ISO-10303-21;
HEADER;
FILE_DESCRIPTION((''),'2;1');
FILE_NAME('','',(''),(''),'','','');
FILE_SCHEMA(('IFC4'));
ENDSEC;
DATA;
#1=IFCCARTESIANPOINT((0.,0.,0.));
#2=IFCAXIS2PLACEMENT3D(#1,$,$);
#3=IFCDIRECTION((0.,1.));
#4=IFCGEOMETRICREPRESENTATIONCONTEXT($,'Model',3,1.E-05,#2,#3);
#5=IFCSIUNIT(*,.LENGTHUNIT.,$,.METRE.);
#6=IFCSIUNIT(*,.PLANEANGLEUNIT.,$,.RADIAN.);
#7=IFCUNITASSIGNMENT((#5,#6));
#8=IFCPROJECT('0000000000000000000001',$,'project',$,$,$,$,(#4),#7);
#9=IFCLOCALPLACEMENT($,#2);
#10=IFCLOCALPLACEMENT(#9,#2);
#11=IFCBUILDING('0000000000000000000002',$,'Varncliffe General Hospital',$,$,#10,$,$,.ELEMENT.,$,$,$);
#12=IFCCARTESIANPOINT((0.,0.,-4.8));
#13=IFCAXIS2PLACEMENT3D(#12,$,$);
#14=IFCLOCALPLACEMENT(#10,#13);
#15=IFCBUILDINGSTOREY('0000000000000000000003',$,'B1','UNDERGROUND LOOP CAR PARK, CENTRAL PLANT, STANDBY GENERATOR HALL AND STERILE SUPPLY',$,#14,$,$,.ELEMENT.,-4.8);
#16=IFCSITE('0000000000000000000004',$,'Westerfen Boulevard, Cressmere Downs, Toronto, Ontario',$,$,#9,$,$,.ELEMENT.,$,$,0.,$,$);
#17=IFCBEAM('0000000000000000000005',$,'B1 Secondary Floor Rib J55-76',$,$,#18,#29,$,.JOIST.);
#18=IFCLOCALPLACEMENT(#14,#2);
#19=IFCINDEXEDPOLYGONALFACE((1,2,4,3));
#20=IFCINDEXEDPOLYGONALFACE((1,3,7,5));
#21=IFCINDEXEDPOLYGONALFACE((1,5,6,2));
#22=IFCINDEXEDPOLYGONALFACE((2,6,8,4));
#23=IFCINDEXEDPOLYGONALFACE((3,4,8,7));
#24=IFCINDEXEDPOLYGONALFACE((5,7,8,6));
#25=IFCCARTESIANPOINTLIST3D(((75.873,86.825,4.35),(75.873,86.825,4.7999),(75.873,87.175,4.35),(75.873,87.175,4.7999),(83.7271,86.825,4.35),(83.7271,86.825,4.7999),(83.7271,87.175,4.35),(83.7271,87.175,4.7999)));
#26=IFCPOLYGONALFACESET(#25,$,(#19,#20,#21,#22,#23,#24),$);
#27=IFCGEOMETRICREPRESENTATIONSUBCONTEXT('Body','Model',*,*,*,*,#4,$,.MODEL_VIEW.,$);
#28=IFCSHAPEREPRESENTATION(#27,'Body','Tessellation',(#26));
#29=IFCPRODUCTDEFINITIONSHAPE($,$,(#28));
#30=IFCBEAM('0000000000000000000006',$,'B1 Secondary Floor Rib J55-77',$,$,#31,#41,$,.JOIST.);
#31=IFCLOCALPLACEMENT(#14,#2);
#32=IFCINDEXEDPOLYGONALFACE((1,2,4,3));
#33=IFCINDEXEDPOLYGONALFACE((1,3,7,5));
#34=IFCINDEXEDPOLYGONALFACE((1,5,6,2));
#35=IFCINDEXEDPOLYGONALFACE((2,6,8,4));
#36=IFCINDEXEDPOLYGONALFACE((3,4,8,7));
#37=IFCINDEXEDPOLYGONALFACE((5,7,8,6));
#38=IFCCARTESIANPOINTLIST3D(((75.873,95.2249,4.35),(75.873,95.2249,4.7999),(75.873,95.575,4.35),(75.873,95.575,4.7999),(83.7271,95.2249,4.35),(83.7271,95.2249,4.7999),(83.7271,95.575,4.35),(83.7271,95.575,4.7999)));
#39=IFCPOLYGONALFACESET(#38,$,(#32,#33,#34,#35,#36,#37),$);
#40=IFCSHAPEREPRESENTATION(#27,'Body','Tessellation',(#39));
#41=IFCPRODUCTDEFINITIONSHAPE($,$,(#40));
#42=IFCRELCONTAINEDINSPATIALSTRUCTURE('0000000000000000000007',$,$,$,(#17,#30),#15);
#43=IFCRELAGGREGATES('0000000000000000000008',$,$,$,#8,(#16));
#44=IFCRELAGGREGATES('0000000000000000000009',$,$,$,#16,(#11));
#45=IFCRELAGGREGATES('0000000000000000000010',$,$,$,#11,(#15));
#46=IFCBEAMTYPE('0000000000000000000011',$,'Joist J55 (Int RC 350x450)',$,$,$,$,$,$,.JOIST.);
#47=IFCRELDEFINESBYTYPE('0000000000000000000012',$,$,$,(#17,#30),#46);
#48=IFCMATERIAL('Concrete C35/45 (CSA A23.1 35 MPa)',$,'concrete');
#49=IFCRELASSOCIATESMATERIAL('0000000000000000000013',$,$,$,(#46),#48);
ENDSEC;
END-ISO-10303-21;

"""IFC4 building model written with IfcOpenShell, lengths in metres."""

from ifc_helpers import new_model, si_unit, direction, frame, origin, origin_2d, place, context, subcontext, project, spatial, rectangle, extrude, material, material_profile, profile_set, type_object, element, save


model = new_model("IFC4")

# Units and contexts
model_context = context("Model", 3, precision=1e-05, world=origin(), true_north=direction((0.0, 1.0)))
body_context = subcontext(model_context, "Body", "Model", "MODEL_VIEW")
ifc_project = project(units=[si_unit("LENGTHUNIT", "METRE"), si_unit("PLANEANGLEUNIT", "RADIAN")], contexts=[model_context])

# Site, building, storey
site_placement = place(None, origin())
site = spatial("IfcSite", under=ifc_project, at=site_placement, Name="Westerfen Boulevard, Cressmere Downs, Toronto, Ontario", CompositionType="ELEMENT", RefElevation=0.0)
building_placement = place(site_placement, origin())
building = spatial("IfcBuilding", under=site, at=building_placement, Name="Varncliffe General Hospital", CompositionType="ELEMENT")
storey_placement = place(building_placement, frame((0.0, 0.0, -4.8)))
storey = spatial("IfcBuildingStorey", under=building, at=storey_placement, Name="B1", Description="UNDERGROUND LOOP CAR PARK, CENTRAL PLANT, STANDBY GENERATOR HALL AND STERILE SUPPLY", CompositionType="ELEMENT", Elevation=-4.8)

# Beams
ifc_material_1 = material(Name="Concrete C35/45 (CSA A23.1 35 MPa)", Category="concrete")
ifc_material_profile_1 = material_profile(ifc_material_1, rectangle(XDim=0.3501, YDim=0.45, at=origin_2d()), Name="RC 350x450")
ifc_profile_set_1 = profile_set([ifc_material_profile_1], Name="Concrete C35/45 (CSA A23.1 35 MPa)")
beam_type_1 = type_object("IfcBeamType", Name="Joist J55 (Int RC 350x450)", PredefinedType="JOIST", material=ifc_profile_set_1)
for number, where, z_axis, x_axis, name in (
    (1, (75.873, 87.0, 4.575), (1.0, 0.0, 0.0), (0.0, 1.0, 0.0), "B1 Secondary Floor Rib J55-76"),
    (2, (75.873, 95.3999, 4.575), (1.0, 0.0, 0.0), (0.0, 1.0, 0.0), "B1 Secondary Floor Rib J55-77"),
):
    element("IfcBeam", number, at=place(storey_placement, frame(where, z_axis=z_axis, x_axis=x_axis)), inside=storey, type_object=beam_type_1, Name=name, PredefinedType="JOIST", context=body_context, shape_type="SweptSolid", body=[
        extrude(rectangle(XDim=0.3501, YDim=0.45, at=origin_2d()), origin(), (0.0, 0.0, 1.0), 7.854),
    ])

save(model, "model.ifc")
